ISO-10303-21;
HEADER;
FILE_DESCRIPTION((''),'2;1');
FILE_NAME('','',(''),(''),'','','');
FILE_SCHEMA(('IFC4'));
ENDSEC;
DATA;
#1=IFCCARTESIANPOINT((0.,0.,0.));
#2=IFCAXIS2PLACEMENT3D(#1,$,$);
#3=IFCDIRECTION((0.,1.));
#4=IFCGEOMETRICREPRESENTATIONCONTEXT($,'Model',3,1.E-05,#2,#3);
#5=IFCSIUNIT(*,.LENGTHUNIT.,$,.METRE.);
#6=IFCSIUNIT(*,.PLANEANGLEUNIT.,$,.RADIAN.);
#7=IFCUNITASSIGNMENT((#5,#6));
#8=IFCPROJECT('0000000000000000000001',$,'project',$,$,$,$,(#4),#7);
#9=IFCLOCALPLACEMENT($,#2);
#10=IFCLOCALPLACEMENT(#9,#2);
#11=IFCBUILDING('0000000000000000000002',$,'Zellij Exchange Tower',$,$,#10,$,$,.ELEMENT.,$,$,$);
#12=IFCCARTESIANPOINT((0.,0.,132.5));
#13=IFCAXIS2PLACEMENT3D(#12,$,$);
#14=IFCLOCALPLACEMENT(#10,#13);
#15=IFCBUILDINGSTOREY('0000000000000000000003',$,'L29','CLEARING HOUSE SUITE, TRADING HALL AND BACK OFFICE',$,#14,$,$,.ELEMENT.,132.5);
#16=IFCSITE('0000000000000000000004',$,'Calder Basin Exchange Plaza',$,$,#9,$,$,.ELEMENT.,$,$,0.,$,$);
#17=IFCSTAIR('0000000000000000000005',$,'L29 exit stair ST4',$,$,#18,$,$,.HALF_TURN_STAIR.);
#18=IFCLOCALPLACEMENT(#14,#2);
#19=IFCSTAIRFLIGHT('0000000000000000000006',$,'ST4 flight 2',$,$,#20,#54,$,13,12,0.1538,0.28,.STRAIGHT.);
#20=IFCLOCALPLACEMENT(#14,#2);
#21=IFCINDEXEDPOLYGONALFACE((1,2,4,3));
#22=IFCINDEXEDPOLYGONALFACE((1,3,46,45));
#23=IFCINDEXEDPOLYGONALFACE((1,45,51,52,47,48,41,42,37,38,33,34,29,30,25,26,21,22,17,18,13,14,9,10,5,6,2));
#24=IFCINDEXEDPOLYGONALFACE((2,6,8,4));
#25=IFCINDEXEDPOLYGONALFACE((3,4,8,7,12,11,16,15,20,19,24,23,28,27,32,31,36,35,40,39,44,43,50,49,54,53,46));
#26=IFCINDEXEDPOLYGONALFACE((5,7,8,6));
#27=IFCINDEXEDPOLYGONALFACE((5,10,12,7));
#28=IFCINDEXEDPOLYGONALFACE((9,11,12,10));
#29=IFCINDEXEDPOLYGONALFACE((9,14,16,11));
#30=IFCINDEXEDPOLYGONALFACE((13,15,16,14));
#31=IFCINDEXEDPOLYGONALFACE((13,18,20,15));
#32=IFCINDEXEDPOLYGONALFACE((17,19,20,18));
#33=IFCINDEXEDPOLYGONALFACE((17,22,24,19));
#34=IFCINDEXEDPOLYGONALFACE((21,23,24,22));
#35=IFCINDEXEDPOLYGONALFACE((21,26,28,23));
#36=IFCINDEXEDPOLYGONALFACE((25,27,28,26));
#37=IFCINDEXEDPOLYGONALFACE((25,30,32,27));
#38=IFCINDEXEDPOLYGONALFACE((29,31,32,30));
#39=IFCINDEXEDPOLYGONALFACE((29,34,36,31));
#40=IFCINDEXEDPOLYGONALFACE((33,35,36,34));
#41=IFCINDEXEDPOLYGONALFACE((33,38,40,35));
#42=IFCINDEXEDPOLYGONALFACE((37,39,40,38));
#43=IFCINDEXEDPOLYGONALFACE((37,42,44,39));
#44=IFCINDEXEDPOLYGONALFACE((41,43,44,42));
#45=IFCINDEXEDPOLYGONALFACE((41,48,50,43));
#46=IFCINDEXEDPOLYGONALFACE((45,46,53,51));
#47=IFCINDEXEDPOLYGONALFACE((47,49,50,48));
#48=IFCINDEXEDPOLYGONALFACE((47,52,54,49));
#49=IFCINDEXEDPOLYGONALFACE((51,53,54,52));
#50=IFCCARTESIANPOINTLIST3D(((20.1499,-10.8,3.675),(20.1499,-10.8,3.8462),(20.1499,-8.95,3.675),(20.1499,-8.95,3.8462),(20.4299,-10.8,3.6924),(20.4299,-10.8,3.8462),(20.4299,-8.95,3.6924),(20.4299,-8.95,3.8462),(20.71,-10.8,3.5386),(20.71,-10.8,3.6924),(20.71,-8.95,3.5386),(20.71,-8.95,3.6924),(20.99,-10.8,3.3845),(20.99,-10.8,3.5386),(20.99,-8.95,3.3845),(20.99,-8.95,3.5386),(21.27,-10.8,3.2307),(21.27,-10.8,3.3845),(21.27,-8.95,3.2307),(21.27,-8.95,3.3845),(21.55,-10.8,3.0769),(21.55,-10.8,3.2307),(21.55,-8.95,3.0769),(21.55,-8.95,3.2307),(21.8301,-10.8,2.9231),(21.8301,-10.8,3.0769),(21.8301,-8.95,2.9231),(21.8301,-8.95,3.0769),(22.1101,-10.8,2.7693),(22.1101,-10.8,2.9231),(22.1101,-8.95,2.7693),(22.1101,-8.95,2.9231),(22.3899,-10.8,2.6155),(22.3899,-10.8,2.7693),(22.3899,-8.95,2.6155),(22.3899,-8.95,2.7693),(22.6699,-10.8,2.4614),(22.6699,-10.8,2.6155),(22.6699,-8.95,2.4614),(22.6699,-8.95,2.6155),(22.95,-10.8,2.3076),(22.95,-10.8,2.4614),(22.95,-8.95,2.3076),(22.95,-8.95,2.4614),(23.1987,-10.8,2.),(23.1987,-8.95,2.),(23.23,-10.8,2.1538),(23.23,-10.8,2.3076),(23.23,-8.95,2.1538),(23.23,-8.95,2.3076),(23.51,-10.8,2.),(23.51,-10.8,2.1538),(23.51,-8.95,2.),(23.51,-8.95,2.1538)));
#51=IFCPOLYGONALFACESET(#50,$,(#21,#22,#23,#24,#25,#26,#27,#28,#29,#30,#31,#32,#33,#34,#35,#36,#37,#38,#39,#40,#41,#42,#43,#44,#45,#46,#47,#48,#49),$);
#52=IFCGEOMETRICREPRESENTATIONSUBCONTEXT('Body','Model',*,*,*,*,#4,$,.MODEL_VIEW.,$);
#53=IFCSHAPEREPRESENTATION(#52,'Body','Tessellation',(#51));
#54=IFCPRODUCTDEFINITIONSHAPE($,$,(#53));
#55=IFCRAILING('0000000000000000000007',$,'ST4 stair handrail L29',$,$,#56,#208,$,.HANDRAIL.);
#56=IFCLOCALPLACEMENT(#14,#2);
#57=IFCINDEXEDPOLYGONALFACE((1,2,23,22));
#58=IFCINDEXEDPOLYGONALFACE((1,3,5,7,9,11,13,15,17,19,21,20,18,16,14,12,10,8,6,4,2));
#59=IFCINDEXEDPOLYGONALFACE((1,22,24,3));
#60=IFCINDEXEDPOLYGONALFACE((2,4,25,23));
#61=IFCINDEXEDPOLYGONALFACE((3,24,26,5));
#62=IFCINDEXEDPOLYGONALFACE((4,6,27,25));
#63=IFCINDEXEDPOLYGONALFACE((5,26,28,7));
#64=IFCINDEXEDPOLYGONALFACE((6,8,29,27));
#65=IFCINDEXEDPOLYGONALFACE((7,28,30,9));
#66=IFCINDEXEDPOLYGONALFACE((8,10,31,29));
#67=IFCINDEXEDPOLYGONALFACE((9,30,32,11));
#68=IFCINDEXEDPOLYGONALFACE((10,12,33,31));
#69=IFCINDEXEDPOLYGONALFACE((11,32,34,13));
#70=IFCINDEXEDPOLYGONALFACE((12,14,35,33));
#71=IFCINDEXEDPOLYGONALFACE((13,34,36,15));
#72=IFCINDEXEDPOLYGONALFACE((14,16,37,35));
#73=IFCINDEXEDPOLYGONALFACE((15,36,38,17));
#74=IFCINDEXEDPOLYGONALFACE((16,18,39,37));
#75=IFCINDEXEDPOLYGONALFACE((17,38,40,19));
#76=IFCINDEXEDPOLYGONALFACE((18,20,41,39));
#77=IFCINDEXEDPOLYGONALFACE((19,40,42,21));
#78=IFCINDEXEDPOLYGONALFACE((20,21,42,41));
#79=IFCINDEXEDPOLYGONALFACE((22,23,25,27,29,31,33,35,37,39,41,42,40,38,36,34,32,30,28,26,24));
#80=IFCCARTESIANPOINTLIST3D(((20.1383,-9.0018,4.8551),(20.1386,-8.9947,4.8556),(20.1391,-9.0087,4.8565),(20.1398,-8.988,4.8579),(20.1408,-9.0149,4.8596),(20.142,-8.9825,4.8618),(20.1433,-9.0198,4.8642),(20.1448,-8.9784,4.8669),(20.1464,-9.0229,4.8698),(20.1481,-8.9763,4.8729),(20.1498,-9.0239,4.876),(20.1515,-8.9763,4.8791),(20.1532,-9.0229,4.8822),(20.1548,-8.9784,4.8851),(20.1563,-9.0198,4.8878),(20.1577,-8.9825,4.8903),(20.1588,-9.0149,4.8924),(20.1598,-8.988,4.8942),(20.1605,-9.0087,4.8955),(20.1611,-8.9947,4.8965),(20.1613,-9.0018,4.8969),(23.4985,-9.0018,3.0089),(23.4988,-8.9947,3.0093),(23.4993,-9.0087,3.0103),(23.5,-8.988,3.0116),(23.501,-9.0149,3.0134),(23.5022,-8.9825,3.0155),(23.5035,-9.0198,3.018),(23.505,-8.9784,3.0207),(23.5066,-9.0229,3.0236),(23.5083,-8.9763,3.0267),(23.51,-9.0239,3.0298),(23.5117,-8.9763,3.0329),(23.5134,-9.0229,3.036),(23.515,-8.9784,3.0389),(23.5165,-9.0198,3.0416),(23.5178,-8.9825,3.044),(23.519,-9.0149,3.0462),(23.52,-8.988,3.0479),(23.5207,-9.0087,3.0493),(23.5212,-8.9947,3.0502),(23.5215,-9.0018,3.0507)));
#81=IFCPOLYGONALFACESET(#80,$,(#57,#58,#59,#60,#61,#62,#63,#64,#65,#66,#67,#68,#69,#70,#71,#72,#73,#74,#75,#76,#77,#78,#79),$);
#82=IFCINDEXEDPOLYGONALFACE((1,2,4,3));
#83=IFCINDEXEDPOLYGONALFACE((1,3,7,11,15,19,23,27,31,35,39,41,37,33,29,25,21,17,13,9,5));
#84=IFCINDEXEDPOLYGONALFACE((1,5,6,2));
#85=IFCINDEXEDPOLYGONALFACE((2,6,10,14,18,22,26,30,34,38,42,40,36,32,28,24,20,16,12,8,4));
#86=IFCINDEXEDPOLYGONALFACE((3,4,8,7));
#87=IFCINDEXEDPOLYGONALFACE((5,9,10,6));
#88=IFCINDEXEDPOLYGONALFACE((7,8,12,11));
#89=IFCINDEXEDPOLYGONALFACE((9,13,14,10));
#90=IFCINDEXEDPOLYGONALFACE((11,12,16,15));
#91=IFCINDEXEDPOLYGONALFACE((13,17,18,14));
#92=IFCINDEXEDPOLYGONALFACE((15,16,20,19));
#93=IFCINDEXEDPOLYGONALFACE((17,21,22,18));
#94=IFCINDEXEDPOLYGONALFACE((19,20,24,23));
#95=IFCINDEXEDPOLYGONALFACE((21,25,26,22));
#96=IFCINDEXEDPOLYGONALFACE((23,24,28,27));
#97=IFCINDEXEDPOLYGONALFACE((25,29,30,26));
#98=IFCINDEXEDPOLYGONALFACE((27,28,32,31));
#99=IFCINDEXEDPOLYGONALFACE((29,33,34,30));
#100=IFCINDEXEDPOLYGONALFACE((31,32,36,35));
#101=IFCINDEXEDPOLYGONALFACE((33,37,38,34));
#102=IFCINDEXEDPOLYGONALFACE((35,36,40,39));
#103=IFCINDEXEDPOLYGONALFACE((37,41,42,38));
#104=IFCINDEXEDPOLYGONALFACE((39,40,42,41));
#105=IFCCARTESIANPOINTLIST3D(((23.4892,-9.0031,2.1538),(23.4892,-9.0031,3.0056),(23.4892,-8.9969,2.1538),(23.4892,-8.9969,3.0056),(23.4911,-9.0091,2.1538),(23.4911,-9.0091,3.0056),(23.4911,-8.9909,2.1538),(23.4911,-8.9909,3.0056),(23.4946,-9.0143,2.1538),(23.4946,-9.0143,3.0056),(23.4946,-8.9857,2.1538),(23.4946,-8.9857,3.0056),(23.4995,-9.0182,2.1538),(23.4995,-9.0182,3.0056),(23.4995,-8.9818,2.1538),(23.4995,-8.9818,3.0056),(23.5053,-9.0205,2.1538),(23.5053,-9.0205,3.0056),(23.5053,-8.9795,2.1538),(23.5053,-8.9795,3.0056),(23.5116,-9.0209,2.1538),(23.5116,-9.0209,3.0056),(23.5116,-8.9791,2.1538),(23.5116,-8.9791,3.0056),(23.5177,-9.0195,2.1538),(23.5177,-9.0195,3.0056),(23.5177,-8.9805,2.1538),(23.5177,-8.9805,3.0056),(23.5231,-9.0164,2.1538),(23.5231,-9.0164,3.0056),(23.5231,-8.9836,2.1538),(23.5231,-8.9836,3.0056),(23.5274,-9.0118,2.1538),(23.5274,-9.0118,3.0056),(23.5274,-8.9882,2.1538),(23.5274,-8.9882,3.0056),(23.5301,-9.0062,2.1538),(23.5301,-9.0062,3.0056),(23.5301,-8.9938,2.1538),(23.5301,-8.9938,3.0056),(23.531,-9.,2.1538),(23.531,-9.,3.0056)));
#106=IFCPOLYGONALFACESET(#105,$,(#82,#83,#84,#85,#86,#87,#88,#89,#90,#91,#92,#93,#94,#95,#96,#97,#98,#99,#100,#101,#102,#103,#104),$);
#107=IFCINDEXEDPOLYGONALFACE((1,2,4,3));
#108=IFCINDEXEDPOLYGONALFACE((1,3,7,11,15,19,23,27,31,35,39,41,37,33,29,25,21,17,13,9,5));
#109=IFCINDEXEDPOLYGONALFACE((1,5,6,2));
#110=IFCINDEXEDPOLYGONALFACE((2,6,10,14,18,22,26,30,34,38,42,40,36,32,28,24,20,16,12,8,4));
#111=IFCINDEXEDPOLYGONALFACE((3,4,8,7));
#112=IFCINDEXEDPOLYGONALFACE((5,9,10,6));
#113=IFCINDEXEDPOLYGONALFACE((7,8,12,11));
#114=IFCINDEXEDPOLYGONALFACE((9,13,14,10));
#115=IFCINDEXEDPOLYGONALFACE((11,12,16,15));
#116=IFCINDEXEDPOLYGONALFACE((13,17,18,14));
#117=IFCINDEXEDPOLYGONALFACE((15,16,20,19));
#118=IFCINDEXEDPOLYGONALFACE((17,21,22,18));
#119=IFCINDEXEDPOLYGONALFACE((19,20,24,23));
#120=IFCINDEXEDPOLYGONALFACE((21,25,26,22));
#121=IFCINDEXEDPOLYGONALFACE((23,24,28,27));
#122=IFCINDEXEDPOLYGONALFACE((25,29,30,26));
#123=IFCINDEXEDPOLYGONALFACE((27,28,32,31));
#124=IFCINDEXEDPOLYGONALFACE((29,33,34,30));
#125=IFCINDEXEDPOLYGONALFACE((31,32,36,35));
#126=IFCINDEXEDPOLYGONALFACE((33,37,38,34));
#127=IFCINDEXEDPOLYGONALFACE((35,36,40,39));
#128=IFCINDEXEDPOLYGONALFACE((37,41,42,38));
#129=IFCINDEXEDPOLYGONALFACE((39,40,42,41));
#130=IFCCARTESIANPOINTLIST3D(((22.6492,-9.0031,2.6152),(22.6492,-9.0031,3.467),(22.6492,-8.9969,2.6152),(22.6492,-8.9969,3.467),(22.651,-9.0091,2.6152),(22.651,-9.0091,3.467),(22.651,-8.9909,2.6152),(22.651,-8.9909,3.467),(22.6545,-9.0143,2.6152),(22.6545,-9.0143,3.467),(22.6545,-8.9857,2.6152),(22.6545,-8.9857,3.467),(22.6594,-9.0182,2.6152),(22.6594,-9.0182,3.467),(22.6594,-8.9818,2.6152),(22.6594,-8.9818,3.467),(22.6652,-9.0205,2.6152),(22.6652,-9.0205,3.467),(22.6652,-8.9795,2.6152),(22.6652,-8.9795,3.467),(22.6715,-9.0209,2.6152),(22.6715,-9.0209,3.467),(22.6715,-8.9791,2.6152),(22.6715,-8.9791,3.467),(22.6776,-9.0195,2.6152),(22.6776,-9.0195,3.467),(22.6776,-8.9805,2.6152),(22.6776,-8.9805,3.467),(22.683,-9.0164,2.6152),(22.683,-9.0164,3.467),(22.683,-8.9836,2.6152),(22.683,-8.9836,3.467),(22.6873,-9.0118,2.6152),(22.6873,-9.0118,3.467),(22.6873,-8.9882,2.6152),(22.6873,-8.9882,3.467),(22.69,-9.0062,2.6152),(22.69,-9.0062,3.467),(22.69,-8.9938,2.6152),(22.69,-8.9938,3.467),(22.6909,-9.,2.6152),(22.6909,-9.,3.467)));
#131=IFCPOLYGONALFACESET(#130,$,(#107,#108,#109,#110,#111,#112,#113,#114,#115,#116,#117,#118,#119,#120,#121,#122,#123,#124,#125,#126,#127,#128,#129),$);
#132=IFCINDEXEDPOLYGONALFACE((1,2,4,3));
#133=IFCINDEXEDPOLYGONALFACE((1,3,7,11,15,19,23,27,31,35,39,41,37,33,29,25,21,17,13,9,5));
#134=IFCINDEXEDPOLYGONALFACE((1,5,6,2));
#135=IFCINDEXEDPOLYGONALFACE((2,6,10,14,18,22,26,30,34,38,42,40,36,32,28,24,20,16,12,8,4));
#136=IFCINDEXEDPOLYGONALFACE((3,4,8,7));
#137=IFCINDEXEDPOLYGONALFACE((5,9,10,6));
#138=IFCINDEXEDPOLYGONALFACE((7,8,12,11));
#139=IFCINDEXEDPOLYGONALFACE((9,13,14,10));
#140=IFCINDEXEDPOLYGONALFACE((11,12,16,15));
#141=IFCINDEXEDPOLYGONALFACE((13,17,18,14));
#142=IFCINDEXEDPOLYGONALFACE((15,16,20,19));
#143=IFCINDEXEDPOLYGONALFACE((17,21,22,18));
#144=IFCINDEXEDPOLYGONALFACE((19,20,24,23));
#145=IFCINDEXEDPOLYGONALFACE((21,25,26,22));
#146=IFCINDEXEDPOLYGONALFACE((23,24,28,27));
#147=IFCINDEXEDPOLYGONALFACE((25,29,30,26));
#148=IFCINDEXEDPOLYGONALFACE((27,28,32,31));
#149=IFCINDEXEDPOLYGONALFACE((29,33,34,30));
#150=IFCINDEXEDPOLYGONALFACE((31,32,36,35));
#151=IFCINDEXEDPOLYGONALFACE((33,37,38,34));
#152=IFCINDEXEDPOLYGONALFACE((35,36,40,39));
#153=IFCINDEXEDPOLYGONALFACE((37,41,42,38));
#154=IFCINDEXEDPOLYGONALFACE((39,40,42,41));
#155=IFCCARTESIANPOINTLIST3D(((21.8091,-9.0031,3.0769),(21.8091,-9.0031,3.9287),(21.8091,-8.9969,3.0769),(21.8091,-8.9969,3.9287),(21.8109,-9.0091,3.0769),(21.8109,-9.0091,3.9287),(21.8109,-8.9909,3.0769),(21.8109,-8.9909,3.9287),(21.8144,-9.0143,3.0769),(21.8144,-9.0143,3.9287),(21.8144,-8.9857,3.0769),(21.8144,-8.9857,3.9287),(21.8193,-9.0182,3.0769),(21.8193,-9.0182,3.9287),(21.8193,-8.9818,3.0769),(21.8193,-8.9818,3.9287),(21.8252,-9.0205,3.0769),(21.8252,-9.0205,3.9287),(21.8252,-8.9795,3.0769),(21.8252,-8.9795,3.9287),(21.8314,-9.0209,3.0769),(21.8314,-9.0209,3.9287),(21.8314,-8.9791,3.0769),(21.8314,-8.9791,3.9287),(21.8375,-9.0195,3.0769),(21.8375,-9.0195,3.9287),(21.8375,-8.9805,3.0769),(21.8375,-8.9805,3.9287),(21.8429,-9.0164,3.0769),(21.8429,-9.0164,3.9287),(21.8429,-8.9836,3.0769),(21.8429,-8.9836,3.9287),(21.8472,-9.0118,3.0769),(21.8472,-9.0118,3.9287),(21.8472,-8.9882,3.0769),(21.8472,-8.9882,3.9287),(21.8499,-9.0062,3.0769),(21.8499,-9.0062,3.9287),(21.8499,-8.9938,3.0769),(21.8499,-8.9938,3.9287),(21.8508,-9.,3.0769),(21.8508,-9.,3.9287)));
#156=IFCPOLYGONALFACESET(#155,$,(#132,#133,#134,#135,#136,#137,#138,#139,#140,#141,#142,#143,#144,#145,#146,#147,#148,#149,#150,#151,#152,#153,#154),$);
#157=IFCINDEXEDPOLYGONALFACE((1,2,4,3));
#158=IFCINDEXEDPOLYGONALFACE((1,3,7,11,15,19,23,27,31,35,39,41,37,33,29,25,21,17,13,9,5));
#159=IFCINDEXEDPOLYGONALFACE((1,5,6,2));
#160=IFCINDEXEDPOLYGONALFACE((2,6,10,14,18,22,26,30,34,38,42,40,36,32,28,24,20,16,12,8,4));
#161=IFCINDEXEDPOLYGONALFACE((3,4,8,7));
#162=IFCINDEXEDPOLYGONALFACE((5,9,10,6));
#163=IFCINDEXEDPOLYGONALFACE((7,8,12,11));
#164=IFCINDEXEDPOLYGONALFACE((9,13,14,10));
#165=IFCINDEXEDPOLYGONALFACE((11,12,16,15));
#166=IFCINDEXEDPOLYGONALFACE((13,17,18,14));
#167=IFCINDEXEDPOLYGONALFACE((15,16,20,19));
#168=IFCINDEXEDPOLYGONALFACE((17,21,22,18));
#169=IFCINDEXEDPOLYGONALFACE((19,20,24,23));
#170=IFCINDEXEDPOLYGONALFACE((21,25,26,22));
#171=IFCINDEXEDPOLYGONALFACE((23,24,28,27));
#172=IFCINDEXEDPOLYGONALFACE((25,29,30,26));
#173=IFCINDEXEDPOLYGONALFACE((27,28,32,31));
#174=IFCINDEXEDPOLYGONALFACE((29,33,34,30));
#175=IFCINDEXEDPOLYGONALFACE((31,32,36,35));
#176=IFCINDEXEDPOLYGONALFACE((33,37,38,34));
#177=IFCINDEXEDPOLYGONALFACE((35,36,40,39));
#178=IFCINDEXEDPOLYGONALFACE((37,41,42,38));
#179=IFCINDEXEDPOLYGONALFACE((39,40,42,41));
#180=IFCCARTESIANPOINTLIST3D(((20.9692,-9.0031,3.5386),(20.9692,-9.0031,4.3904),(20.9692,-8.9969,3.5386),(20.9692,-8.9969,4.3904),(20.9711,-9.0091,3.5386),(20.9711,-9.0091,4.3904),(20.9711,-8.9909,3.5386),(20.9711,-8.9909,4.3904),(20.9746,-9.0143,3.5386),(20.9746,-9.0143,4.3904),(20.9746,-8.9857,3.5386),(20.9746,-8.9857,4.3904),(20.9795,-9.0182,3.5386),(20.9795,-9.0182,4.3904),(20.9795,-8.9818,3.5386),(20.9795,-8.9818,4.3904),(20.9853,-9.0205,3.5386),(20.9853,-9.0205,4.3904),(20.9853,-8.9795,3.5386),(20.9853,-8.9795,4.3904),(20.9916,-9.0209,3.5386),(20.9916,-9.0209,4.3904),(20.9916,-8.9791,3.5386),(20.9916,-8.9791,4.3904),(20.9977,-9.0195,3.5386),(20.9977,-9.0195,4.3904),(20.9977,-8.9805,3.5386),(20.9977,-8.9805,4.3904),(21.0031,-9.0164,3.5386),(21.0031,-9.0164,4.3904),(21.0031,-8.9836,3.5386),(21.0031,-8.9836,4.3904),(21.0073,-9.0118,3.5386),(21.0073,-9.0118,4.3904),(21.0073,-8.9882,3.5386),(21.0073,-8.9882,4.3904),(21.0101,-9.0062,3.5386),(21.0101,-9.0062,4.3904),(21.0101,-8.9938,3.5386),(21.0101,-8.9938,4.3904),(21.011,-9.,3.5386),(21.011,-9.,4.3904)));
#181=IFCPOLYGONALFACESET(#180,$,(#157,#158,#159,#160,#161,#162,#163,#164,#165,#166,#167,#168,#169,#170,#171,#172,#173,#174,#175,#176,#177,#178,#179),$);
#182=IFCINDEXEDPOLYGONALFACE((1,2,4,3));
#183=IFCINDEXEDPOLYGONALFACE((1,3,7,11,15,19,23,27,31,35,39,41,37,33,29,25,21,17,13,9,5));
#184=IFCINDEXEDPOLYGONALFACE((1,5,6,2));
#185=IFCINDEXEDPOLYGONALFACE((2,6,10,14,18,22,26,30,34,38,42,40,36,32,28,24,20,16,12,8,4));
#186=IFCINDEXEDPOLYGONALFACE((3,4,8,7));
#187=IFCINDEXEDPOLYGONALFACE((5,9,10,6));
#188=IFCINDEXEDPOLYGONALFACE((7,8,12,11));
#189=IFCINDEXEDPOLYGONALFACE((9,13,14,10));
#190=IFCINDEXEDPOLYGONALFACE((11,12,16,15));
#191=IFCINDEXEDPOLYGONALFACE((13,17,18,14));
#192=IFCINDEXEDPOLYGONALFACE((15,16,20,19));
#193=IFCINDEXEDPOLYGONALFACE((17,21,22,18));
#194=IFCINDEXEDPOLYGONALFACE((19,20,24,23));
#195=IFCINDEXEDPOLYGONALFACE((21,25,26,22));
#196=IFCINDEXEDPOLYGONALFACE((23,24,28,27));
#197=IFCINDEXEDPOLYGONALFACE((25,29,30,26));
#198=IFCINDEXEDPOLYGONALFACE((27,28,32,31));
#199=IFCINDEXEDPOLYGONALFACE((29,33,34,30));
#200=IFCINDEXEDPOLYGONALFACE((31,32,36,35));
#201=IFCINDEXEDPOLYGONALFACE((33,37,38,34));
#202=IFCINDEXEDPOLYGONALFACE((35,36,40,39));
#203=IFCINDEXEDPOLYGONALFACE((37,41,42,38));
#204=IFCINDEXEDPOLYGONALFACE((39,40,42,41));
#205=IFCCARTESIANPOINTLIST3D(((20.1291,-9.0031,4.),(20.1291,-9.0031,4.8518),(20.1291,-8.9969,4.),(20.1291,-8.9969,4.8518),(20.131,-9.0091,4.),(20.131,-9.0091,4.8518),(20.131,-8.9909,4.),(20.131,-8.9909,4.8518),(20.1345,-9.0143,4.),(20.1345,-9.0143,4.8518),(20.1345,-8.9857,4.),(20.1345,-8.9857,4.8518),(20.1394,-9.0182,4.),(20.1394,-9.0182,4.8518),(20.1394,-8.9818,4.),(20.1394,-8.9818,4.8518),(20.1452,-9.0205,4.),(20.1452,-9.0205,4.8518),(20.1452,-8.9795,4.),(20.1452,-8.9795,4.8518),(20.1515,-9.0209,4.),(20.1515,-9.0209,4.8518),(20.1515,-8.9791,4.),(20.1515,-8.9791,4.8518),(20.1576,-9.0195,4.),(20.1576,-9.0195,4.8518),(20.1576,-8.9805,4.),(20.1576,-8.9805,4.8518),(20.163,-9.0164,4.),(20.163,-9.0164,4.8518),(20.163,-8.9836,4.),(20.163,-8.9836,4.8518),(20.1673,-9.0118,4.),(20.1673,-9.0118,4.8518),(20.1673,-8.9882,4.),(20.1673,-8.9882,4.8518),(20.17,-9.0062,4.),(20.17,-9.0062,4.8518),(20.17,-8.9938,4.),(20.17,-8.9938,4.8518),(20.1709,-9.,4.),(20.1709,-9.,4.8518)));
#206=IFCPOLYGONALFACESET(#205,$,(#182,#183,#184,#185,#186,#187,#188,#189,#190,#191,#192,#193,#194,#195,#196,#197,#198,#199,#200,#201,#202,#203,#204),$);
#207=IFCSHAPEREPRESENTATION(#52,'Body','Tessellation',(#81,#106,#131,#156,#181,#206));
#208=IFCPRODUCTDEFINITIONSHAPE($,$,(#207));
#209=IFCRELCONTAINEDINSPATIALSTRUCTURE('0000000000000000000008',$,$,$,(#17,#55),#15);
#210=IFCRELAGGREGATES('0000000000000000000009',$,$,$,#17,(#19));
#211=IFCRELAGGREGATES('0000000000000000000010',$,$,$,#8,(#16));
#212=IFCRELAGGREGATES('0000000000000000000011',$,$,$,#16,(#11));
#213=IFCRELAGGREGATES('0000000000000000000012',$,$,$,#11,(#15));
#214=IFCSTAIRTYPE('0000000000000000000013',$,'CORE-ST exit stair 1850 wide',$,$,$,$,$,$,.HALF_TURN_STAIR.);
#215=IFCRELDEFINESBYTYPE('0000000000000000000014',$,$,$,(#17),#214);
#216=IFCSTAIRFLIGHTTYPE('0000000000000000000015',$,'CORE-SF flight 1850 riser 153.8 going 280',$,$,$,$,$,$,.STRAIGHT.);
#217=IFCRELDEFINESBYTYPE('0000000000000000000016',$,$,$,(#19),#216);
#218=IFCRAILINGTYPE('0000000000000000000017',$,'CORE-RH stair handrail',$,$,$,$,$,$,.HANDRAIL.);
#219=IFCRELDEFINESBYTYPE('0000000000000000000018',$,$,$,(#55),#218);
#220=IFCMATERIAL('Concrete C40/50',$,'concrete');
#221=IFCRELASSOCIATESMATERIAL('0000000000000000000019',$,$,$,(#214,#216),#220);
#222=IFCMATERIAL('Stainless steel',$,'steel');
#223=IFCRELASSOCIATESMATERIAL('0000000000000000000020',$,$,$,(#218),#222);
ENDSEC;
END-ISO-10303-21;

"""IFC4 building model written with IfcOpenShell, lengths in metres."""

from ifc_helpers import new_model, si_unit, direction, frame, origin, origin_2d, place, context, subcontext, project, spatial, polyline, circle, outline, extrude, material, type_object, element, aggregate, save


model = new_model("IFC4")

# Units and contexts
model_context = context("Model", 3, precision=1e-05, world=origin(), true_north=direction((0.0, 1.0)))
body_context = subcontext(model_context, "Body", "Model", "MODEL_VIEW")
ifc_project = project(units=[si_unit("LENGTHUNIT", "METRE"), si_unit("PLANEANGLEUNIT", "RADIAN")], contexts=[model_context])

# Site, building, storey
site_placement = place(None, origin())
site = spatial("IfcSite", under=ifc_project, at=site_placement, Name="Calder Basin Exchange Plaza", CompositionType="ELEMENT", RefElevation=0.0)
building_placement = place(site_placement, origin())
building = spatial("IfcBuilding", under=site, at=building_placement, Name="Zellij Exchange Tower", CompositionType="ELEMENT")
storey_placement = place(building_placement, frame((0.0, 0.0, 132.5)))
storey = spatial("IfcBuildingStorey", under=building, at=storey_placement, Name="L29", Description="CLEARING HOUSE SUITE, TRADING HALL AND BACK OFFICE", CompositionType="ELEMENT", Elevation=132.5)

# Stair, stair flight
ifc_material_1 = material(Name="Concrete C40/50", Category="concrete")
stair_type = type_object("IfcStairType", Name="CORE-ST exit stair 1850 wide", PredefinedType="HALF_TURN_STAIR", material=ifc_material_1)
stair_placement = place(storey_placement, origin())
stair = element("IfcStair", 1, at=stair_placement, inside=storey, type_object=stair_type, Name="L29 exit stair ST4", PredefinedType="HALF_TURN_STAIR")
stair_flight_type = type_object("IfcStairFlightType", Name="CORE-SF flight 1850 riser 153.8 going 280", PredefinedType="STRAIGHT", material=ifc_material_1)
stair_flight_1_placement = place(storey_placement, frame((23.51, -9.875, 2.0), z_axis=(0.0, 0.0, 1.0), x_axis=(-1.0, 0.0, 0.0)))
stair_flight_1 = element("IfcStairFlight", 2, at=stair_flight_1_placement, type_object=stair_flight_type, Name="ST4 flight 2", NumberOfRisers=13, NumberOfTreads=12, PredefinedType="STRAIGHT", RiserHeight=0.1538, TreadLength=0.28, context=body_context, shape_type="SweptSolid", body=[
    extrude(outline(polyline([(0.0, 0.0), (0.0, 0.1538), (0.28, 0.1538), (0.28, 0.3076), (0.5601, 0.3076), (0.5601, 0.4614), (0.8401, 0.4614), (0.8401, 0.6155), (1.1201, 0.6155), (1.1201, 0.7693), (1.3999, 0.7693), (1.3999, 0.9231), (1.6799, 0.9231), (1.6799, 1.0769), (1.96, 1.0769), (1.96, 1.2307), (2.24, 1.2307), (2.24, 1.3845), (2.52, 1.3845), (2.52, 1.5386), (2.8, 1.5386), (2.8, 1.6924), (3.0801, 1.6924), (3.0801, 1.8462), (3.3601, 1.8462), (3.3601, 2.0), (3.3601, 1.675), (0.3113, 0.0), (0.0, 0.0)])), frame((0.0, 0.925, 0.0), z_axis=(0.0, -1.0, 0.0), x_axis=(1.0, 0.0, 0.0)), (0.0, 0.0, 1.0), 1.8501),
])
aggregate(stair, [stair_flight_1])

# Railing
ifc_material_2 = material(Name="Stainless steel", Category="steel")
railing_type = type_object("IfcRailingType", Name="CORE-RH stair handrail", PredefinedType="HANDRAIL", material=ifc_material_2)
railing_placement = place(storey_placement, frame((23.51, -9.0, 2.1538)))
element("IfcRailing", 3, at=railing_placement, inside=storey, type_object=railing_type, Name="ST4 stair handrail L29", PredefinedType="HANDRAIL", context=body_context, shape_type="SweptSolid", body=[
    extrude(circle(Radius=0.0239, at=origin_2d()), frame((0.0, 0.0, 0.876), z_axis=(-0.876422, 0.0, 0.481545), x_axis=(0.0, -1.0, 0.0)), (0.0, 0.0, 1.0), 3.834),
    extrude(circle(Radius=0.021, at=origin_2d()), origin(), (0.0, 0.0, 1.0), 0.8518),
    extrude(circle(Radius=0.021, at=origin_2d()), frame((-0.8401, 0.0, 0.4614)), (0.0, 0.0, 1.0), 0.8518),
    extrude(circle(Radius=0.021, at=origin_2d()), frame((-1.6802, 0.0, 0.9231)), (0.0, 0.0, 1.0), 0.8518),
    extrude(circle(Radius=0.021, at=origin_2d()), frame((-2.52, 0.0, 1.3848)), (0.0, 0.0, 1.0), 0.8518),
    extrude(circle(Radius=0.021, at=origin_2d()), frame((-3.3601, 0.0, 1.8462)), (0.0, 0.0, 1.0), 0.8518),
])

save(model, "model.ifc")
